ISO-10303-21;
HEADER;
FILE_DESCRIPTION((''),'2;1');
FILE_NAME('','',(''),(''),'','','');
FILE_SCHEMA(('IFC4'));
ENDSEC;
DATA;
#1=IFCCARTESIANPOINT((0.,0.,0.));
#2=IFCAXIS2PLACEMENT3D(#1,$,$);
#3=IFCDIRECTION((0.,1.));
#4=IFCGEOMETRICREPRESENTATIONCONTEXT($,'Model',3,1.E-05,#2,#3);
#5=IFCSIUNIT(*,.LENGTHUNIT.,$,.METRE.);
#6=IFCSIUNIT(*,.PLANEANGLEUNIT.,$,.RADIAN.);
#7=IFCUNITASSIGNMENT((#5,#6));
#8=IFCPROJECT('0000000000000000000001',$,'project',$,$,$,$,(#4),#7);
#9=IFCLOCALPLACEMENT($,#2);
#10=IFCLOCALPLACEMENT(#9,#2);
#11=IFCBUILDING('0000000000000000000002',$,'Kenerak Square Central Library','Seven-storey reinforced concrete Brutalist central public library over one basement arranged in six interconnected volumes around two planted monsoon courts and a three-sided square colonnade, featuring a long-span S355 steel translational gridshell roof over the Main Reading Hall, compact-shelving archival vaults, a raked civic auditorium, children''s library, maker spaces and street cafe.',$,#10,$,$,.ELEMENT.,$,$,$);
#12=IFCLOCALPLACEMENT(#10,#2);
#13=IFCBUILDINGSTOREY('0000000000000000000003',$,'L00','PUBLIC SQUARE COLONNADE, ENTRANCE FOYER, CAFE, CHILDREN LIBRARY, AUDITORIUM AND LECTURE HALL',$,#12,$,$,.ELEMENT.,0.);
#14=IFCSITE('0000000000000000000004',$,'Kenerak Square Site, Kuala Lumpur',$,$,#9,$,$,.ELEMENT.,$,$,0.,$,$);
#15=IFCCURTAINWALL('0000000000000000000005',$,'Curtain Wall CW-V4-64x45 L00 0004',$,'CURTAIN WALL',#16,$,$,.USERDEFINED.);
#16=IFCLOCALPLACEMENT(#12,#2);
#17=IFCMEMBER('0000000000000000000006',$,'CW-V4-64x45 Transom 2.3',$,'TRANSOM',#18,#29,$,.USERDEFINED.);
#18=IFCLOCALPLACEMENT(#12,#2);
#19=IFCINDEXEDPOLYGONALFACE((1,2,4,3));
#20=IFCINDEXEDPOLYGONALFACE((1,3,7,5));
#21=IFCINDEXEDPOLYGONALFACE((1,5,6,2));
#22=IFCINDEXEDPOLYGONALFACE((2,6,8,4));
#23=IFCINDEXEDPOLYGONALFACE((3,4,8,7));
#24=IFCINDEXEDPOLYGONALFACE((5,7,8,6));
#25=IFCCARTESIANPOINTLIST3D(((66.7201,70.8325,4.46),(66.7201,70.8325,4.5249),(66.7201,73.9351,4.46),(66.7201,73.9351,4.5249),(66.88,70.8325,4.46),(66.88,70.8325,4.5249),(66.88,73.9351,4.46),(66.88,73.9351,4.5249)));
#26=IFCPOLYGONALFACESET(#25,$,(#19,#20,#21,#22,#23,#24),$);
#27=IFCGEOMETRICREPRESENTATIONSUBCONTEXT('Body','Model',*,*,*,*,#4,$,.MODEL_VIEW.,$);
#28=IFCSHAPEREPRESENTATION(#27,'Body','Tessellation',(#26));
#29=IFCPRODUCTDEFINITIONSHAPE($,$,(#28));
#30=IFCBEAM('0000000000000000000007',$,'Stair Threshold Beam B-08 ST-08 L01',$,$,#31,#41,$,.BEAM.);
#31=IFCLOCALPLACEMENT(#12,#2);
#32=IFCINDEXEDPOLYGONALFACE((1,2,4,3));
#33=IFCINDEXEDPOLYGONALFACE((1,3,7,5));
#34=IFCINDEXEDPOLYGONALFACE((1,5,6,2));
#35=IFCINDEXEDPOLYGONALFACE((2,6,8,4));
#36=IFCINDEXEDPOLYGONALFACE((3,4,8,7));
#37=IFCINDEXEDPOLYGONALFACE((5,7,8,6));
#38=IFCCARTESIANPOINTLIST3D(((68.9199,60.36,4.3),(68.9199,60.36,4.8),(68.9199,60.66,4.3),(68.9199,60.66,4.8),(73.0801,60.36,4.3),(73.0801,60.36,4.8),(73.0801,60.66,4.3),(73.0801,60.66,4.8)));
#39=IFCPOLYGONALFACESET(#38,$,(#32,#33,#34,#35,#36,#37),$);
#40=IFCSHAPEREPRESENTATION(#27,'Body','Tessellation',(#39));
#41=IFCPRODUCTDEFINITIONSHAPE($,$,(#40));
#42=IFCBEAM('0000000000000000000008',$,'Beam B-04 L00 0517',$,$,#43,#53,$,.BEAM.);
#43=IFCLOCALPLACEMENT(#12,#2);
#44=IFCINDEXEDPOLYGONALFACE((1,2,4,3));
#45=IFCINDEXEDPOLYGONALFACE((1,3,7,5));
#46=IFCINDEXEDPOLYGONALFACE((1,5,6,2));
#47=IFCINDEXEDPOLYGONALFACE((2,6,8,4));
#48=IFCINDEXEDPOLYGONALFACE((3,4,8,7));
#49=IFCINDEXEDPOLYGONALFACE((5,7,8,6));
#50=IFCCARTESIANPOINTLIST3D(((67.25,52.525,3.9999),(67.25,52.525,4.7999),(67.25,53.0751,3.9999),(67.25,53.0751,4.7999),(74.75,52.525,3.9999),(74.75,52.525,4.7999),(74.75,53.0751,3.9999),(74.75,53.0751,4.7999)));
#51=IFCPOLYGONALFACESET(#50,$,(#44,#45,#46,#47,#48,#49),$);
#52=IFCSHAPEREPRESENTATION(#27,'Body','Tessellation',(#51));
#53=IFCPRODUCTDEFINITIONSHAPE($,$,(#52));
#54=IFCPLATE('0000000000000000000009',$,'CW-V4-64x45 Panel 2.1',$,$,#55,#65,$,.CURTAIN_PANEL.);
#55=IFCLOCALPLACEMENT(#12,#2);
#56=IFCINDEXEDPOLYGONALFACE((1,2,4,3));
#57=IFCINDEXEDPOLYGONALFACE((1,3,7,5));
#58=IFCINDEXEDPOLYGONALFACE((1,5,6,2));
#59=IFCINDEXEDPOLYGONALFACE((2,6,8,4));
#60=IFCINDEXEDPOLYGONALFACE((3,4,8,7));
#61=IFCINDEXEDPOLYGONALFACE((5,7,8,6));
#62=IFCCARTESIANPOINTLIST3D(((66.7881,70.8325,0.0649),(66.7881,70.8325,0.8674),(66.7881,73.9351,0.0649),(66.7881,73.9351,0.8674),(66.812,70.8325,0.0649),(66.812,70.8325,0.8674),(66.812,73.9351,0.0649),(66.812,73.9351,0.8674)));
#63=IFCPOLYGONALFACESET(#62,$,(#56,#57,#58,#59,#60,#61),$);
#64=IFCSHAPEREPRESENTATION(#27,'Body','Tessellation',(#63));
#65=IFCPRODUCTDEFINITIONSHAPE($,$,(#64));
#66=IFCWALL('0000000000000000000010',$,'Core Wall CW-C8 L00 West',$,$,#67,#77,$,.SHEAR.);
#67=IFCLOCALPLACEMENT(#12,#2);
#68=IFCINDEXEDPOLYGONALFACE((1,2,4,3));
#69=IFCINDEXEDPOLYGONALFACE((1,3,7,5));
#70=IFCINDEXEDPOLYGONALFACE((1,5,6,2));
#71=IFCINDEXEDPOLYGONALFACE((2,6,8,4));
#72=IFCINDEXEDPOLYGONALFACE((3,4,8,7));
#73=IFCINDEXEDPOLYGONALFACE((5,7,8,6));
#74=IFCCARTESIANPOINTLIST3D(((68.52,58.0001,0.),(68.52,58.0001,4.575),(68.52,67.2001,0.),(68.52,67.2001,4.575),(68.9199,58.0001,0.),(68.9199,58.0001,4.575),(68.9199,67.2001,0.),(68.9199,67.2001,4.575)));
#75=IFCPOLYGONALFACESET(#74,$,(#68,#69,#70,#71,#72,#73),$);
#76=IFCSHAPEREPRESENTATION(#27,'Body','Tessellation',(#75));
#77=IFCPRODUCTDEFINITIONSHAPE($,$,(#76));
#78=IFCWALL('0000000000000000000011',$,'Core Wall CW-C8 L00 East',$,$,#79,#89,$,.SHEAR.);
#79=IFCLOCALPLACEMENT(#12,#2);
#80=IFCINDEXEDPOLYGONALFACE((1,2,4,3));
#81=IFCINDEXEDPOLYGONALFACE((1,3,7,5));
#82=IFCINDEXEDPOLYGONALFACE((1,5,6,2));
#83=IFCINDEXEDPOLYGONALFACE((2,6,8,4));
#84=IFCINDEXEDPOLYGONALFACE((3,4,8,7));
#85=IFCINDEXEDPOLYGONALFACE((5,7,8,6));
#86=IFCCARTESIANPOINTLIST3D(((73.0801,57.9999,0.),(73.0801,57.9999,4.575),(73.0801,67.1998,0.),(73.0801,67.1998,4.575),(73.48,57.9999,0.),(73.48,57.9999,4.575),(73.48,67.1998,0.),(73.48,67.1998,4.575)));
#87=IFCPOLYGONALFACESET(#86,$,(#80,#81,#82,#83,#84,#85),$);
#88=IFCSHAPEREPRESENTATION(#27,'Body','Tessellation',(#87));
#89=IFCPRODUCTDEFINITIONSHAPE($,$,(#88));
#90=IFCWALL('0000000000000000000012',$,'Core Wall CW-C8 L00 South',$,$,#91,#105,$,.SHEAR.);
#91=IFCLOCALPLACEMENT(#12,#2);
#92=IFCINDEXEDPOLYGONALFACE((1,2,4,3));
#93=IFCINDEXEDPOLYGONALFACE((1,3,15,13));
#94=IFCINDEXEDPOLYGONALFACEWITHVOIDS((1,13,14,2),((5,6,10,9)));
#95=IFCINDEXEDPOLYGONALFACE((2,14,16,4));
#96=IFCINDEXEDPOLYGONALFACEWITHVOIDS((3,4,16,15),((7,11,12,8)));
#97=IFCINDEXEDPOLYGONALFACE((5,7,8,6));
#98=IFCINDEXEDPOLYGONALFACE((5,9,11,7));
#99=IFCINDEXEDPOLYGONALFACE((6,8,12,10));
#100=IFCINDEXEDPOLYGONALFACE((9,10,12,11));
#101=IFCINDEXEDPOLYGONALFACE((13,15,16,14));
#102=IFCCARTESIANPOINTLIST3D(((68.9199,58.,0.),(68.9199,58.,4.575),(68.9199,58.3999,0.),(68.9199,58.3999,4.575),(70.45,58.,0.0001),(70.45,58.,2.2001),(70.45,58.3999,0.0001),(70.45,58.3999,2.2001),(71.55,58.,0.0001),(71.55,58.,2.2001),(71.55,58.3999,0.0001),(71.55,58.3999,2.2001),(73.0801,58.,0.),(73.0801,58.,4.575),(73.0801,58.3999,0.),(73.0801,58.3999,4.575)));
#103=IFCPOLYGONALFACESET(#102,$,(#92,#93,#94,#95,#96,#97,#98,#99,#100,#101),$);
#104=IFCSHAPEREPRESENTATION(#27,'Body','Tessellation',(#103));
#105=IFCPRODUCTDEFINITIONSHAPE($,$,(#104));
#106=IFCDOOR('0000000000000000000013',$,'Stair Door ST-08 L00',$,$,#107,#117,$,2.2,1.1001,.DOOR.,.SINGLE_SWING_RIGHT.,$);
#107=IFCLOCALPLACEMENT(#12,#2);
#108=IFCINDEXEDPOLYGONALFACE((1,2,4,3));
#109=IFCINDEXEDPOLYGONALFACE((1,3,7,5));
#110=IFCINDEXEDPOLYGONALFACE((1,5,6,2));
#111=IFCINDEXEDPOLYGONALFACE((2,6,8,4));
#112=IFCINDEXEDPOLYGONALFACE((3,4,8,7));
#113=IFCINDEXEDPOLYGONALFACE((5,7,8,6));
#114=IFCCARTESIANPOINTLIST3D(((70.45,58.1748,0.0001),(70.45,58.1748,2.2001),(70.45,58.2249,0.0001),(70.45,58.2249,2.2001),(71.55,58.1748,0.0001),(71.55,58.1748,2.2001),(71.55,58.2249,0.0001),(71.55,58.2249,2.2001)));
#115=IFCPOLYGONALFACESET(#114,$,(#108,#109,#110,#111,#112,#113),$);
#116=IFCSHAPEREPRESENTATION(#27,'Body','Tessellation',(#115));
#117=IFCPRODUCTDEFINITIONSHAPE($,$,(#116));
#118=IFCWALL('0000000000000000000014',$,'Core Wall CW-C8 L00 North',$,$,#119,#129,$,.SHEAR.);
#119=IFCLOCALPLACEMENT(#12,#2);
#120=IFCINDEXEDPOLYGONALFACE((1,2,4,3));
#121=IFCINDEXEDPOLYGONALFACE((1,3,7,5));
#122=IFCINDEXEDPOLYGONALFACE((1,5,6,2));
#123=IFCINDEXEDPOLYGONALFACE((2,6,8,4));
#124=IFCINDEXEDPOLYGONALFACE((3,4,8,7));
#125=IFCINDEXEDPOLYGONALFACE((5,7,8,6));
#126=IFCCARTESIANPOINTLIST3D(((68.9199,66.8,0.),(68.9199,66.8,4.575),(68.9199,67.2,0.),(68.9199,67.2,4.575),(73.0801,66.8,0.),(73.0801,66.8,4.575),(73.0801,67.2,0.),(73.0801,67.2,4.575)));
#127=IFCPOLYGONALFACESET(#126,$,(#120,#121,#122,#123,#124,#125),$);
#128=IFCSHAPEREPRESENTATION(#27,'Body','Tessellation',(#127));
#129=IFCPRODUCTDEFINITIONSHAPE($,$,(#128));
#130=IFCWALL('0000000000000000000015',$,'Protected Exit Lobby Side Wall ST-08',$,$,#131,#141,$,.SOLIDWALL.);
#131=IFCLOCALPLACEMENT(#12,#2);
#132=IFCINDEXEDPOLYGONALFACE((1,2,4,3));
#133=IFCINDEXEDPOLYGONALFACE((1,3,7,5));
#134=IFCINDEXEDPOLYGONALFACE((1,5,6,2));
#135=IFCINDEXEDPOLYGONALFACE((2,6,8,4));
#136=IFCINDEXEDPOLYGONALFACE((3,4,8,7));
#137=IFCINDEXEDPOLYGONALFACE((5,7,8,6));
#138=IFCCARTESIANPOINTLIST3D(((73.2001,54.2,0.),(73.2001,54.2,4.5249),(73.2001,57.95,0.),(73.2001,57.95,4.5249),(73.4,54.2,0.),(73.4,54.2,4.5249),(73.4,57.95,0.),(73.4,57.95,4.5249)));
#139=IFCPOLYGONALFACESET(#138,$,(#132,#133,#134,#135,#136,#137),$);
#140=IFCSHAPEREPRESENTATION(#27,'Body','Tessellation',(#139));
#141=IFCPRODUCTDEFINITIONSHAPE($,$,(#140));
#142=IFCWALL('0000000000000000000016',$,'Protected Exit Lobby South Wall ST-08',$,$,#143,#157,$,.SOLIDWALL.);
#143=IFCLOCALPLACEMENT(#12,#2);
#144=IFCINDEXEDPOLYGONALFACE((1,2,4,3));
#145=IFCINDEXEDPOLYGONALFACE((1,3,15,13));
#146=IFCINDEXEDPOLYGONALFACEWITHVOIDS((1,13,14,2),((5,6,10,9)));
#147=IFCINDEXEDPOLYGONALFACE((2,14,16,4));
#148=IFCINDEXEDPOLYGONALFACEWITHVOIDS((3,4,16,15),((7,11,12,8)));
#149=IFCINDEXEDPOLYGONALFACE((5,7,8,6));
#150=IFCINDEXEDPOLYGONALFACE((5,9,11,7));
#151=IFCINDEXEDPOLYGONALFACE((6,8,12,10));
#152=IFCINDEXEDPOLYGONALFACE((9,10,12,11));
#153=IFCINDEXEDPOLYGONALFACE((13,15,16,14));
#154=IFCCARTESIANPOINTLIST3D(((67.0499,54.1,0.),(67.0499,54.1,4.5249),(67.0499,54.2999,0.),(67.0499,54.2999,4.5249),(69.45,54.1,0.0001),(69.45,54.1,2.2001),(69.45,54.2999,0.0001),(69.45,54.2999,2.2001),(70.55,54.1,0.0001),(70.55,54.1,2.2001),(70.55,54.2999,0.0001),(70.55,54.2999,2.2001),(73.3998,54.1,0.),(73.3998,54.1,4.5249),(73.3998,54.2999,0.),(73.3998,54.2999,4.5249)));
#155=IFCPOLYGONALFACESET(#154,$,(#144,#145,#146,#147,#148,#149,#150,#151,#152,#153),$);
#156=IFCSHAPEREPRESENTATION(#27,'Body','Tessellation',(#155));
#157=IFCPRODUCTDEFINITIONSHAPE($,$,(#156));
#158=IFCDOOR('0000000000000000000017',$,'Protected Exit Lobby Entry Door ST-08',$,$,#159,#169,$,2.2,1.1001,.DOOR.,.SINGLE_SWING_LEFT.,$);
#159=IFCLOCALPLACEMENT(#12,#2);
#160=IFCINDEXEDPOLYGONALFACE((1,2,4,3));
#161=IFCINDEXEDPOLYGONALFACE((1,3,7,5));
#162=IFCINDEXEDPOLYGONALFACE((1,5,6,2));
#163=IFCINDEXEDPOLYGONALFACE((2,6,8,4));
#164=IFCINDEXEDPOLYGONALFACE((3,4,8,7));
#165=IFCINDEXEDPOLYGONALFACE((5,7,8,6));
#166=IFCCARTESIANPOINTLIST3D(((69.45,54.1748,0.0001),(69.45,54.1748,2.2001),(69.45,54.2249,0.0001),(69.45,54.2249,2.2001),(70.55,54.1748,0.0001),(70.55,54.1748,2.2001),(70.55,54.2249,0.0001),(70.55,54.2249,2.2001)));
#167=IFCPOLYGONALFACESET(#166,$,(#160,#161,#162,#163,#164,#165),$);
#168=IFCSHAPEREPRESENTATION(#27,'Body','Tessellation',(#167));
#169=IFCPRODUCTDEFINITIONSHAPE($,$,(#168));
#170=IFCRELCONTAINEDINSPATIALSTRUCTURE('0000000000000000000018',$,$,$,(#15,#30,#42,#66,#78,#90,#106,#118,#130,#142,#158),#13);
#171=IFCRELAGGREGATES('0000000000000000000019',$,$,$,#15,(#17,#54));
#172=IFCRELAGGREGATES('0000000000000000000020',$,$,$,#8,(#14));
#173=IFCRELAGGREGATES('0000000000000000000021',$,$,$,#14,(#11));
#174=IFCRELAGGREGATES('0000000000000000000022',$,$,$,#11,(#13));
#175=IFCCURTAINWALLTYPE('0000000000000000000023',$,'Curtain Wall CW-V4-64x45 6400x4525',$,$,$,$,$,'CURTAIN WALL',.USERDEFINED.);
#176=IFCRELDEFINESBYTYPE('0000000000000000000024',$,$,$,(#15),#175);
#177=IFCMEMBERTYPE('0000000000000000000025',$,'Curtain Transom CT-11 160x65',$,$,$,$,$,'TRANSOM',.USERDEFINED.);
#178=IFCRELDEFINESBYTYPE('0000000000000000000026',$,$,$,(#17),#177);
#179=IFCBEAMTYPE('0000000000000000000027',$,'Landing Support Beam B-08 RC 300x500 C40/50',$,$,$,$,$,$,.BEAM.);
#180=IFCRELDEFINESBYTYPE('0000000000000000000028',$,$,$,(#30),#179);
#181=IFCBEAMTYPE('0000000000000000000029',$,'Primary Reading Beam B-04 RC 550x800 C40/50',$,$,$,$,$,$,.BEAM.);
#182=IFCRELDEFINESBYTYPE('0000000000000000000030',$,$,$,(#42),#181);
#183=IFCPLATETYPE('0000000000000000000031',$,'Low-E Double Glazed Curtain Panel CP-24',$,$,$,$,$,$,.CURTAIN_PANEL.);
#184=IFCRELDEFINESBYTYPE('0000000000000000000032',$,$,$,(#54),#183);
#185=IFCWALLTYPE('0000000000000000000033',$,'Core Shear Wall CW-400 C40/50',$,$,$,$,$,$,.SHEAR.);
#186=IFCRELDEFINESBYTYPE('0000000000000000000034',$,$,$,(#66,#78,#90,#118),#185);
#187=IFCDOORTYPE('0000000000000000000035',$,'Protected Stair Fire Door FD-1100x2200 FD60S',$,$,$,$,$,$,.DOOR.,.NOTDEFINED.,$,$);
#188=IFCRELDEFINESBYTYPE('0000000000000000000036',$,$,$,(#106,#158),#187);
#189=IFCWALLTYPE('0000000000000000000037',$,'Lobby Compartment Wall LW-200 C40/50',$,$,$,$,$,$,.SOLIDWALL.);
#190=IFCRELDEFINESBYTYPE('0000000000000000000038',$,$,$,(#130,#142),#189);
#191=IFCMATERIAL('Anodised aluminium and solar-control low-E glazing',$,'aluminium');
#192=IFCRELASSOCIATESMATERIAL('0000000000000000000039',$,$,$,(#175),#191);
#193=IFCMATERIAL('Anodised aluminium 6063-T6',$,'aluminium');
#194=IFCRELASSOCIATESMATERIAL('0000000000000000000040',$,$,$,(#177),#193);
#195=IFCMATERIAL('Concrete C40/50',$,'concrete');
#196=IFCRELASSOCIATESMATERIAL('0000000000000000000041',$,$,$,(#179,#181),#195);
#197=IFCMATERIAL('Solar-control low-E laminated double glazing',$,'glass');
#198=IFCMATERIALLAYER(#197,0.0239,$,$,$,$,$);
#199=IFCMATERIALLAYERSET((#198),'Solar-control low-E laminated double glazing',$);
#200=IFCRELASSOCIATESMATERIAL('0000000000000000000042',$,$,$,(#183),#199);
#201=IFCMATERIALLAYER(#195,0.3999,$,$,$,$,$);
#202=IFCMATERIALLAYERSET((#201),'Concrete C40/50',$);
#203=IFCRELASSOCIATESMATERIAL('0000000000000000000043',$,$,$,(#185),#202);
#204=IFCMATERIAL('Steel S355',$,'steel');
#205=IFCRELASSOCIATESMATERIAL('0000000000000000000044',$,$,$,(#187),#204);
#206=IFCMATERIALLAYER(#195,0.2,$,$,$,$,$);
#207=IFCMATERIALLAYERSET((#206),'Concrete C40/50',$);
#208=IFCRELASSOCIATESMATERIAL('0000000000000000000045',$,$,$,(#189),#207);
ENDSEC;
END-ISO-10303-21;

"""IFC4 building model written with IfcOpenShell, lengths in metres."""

from ifc_helpers import new_model, si_unit, direction, frame, frame_2d, origin, origin_2d, place, context, subcontext, project, spatial, rectangle, extrude, material, layer, layer_set, material_profile, profile_set, type_object, element, fill, aggregate, save


model = new_model("IFC4")

# Units and contexts
model_context = context("Model", 3, precision=1e-05, world=origin(), true_north=direction((0.0, 1.0)))
body_context = subcontext(model_context, "Body", "Model", "MODEL_VIEW")
ifc_project = project(units=[si_unit("LENGTHUNIT", "METRE"), si_unit("PLANEANGLEUNIT", "RADIAN")], contexts=[model_context])

# Site, building, storey
site_placement = place(None, origin())
site = spatial("IfcSite", under=ifc_project, at=site_placement, Name="Kenerak Square Site, Kuala Lumpur", CompositionType="ELEMENT", RefElevation=0.0)
building_placement = place(site_placement, origin())
building = spatial("IfcBuilding", under=site, at=building_placement, Name="Kenerak Square Central Library", Description="Seven-storey reinforced concrete Brutalist central public library over one basement arranged in six interconnected volumes around two planted monsoon courts and a three-sided square colonnade, featuring a long-span S355 steel translational gridshell roof over the Main Reading Hall, compact-shelving archival vaults, a raked civic auditorium, children's library, maker spaces and street cafe.", CompositionType="ELEMENT")
storey_placement = place(building_placement, origin())
storey = spatial("IfcBuildingStorey", under=building, at=storey_placement, Name="L00", Description="PUBLIC SQUARE COLONNADE, ENTRANCE FOYER, CAFE, CHILDREN LIBRARY, AUDITORIUM AND LECTURE HALL", CompositionType="ELEMENT", Elevation=0.0)

# Curtain wall, member
ifc_material_1 = material(Name="Anodised aluminium and solar-control low-E glazing", Category="aluminium")
curtain_wall_type = type_object("IfcCurtainWallType", Name="Curtain Wall CW-V4-64x45 6400x4525", ElementType="CURTAIN WALL", PredefinedType="USERDEFINED", material=ifc_material_1)
curtain_wall_placement = place(storey_placement, origin())
curtain_wall = element("IfcCurtainWall", 1, at=curtain_wall_placement, inside=storey, type_object=curtain_wall_type, Name="Curtain Wall CW-V4-64x45 L00 0004", ObjectType="CURTAIN WALL", PredefinedType="USERDEFINED")
ifc_material_2 = material(Name="Anodised aluminium 6063-T6", Category="aluminium")
ifc_material_profile_1 = material_profile(ifc_material_2, rectangle(XDim=0.1599, YDim=0.0649, at=origin_2d()), Name="AL TRANSOM 160x65")
ifc_profile_set_1 = profile_set([ifc_material_profile_1], Name="Anodised aluminium 6063-T6")
member_type = type_object("IfcMemberType", Name="Curtain Transom CT-11 160x65", ElementType="TRANSOM", PredefinedType="USERDEFINED", material=ifc_profile_set_1)
member_placement = place(storey_placement, frame((66.8, 70.8325, 4.4924), z_axis=(0.0, 1.0, 0.0), x_axis=(-1.0, 0.0, 0.0)))
member = element("IfcMember", 2, at=member_placement, type_object=member_type, Name="CW-V4-64x45 Transom 2.3", ObjectType="TRANSOM", PredefinedType="USERDEFINED", context=body_context, shape_type="SweptSolid", body=[
    extrude(rectangle(XDim=0.1599, YDim=0.0649, at=origin_2d()), origin(), (0.0, 0.0, 1.0), 3.1025),
])

# Beams
ifc_material_3 = material(Name="Concrete C40/50", Category="concrete")
ifc_material_profile_2 = material_profile(ifc_material_3, rectangle(XDim=0.3, YDim=0.5, at=origin_2d()), Name="RC 300x500")
ifc_profile_set_2 = profile_set([ifc_material_profile_2], Name="Concrete C40/50")
beam_type_1 = type_object("IfcBeamType", Name="Landing Support Beam B-08 RC 300x500 C40/50", PredefinedType="BEAM", material=ifc_profile_set_2)
beam_1_placement = place(storey_placement, frame((68.9199, 60.51, 4.55), z_axis=(1.0, 0.0, 0.0), x_axis=(0.0, 1.0, 0.0)))
element("IfcBeam", 3, at=beam_1_placement, inside=storey, type_object=beam_type_1, Name="Stair Threshold Beam B-08 ST-08 L01", PredefinedType="BEAM", context=body_context, shape_type="SweptSolid", body=[
    extrude(rectangle(XDim=0.3, YDim=0.5, at=origin_2d()), origin(), (0.0, 0.0, 1.0), 4.1602),
])
ifc_material_profile_3 = material_profile(ifc_material_3, rectangle(XDim=0.55, YDim=0.8, at=origin_2d()), Name="RC 550x800")
ifc_profile_set_3 = profile_set([ifc_material_profile_3], Name="Concrete C40/50")
beam_type_2 = type_object("IfcBeamType", Name="Primary Reading Beam B-04 RC 550x800 C40/50", PredefinedType="BEAM", material=ifc_profile_set_3)
beam_2_placement = place(storey_placement, frame((67.25, 52.8, 4.3999), z_axis=(1.0, 0.0, 0.0), x_axis=(0.0, 1.0, 0.0)))
element("IfcBeam", 4, at=beam_2_placement, inside=storey, type_object=beam_type_2, Name="Beam B-04 L00 0517", PredefinedType="BEAM", context=body_context, shape_type="SweptSolid", body=[
    extrude(rectangle(XDim=0.55, YDim=0.8, at=origin_2d()), origin(), (0.0, 0.0, 1.0), 7.5),
])

# Plate
ifc_material_4 = material(Name="Solar-control low-E laminated double glazing", Category="glass")
ifc_layer_1 = layer(ifc_material_4, 0.0239)
ifc_layer_set_1 = layer_set([ifc_layer_1], Name="Solar-control low-E laminated double glazing")
plate_type = type_object("IfcPlateType", Name="Low-E Double Glazed Curtain Panel CP-24", PredefinedType="CURTAIN_PANEL", material=ifc_layer_set_1)
plate_placement = place(storey_placement, frame((66.8, 72.3838, 0.0649), z_axis=(0.0, 0.0, 1.0), x_axis=(0.0, 1.0, 0.0)))
plate = element("IfcPlate", 5, at=plate_placement, type_object=plate_type, Name="CW-V4-64x45 Panel 2.1", PredefinedType="CURTAIN_PANEL", context=body_context, shape_type="SweptSolid", body=[
    extrude(rectangle(XDim=3.1025, YDim=0.0239, at=origin_2d()), origin(), (0.0, 0.0, 1.0), 0.8025),
])
aggregate(curtain_wall, [member, plate])

# Walls
ifc_layer_2 = layer(ifc_material_3, 0.3999)
ifc_layer_set_2 = layer_set([ifc_layer_2], Name="Concrete C40/50")
wall_type_1 = type_object("IfcWallType", Name="Core Shear Wall CW-400 C40/50", PredefinedType="SHEAR", material=ifc_layer_set_2)
for number, where, z_axis, x_axis, name in (
    (6, (68.72, 58.0, 0.0), (0.0, 0.0, 1.0), (0.0, 1.0, 0.0), "Core Wall CW-C8 L00 West"),
    (7, (73.28, 67.2, 0.0), (0.0, 0.0, 1.0), (0.0, -1.0, 0.0), "Core Wall CW-C8 L00 East"),
):
    element("IfcWall", number, at=place(storey_placement, frame(where, z_axis=z_axis, x_axis=x_axis)), inside=storey, type_object=wall_type_1, Name=name, PredefinedType="SHEAR", context=body_context, shape_type="SweptSolid", body=[
        extrude(rectangle(XDim=9.2, YDim=0.3999, at=frame_2d((4.6001, 0.0))), origin(), (0.0, 0.0, 1.0), 4.575),
    ])

# Wall, opening, door
wall_1_placement = place(storey_placement, frame((73.0801, 58.2, 0.0), z_axis=(0.0, 0.0, 1.0), x_axis=(-1.0, 0.0, 0.0)))
wall_1 = element("IfcWall", 8, at=wall_1_placement, inside=storey, type_object=wall_type_1, Name="Core Wall CW-C8 L00 South", PredefinedType="SHEAR", context=body_context, shape_type="SweptSolid", body=[
    extrude(rectangle(XDim=4.1602, YDim=0.3999, at=frame_2d((2.0801, 0.0))), origin(), (0.0, 0.0, 1.0), 4.575),
])
opening_1_placement = place(wall_1_placement, frame((1.53, 0.0, 0.0)))
opening_1 = element("IfcOpeningElement", 9, at=opening_1_placement, cuts=wall_1, PredefinedType="OPENING", context=body_context, shape_type="SweptSolid", body=[
    extrude(rectangle(XDim=1.1001, YDim=2.2, at=frame_2d((0.55, 1.1001))), frame((0.0, 0.21, 0.0), z_axis=(0.0, -1.0, 0.0), x_axis=(1.0, 0.0, 0.0)), (0.0, 0.0, 1.0), 0.4199),
])
ifc_material_5 = material(Name="Steel S355", Category="steel")
door_type_1 = type_object("IfcDoorType", Name="Protected Stair Fire Door FD-1100x2200 FD60S", OperationType="NOTDEFINED", PredefinedType="DOOR", material=ifc_material_5)
door_1_placement = place(opening_1_placement, frame((1.1001, 0.0, 0.0), z_axis=(0.0, 0.0, 1.0), x_axis=(-1.0, 0.0, 0.0)))
door_1 = element("IfcDoor", 10, at=door_1_placement, inside=storey, type_object=door_type_1, Name="Stair Door ST-08 L00", OperationType="SINGLE_SWING_RIGHT", OverallHeight=2.2, OverallWidth=1.1001, PredefinedType="DOOR", context=body_context, shape_type="SweptSolid", body=[
    extrude(rectangle(XDim=1.1001, YDim=2.2, at=frame_2d((0.55, 1.1001))), frame((0.0, 0.0249, 0.0), z_axis=(0.0, -1.0, 0.0), x_axis=(1.0, 0.0, 0.0)), (0.0, 0.0, 1.0), 0.05),
])
fill(opening_1, door_1)

# Walls
wall_2_placement = place(storey_placement, frame((68.9199, 67.0, 0.0), z_axis=(0.0, 0.0, 1.0), x_axis=(1.0, 0.0, 0.0)))
element("IfcWall", 11, at=wall_2_placement, inside=storey, type_object=wall_type_1, Name="Core Wall CW-C8 L00 North", PredefinedType="SHEAR", context=body_context, shape_type="SweptSolid", body=[
    extrude(rectangle(XDim=4.1602, YDim=0.3999, at=frame_2d((2.0801, 0.0))), origin(), (0.0, 0.0, 1.0), 4.575),
])
ifc_layer_3 = layer(ifc_material_3, 0.2)
ifc_layer_set_3 = layer_set([ifc_layer_3], Name="Concrete C40/50")
wall_type_2 = type_object("IfcWallType", Name="Lobby Compartment Wall LW-200 C40/50", PredefinedType="SOLIDWALL", material=ifc_layer_set_3)
wall_3_placement = place(storey_placement, frame((73.3, 54.2, 0.0), z_axis=(0.0, 0.0, 1.0), x_axis=(0.0, 1.0, 0.0)))
element("IfcWall", 12, at=wall_3_placement, inside=storey, type_object=wall_type_2, Name="Protected Exit Lobby Side Wall ST-08", PredefinedType="SOLIDWALL", context=body_context, shape_type="SweptSolid", body=[
    extrude(rectangle(XDim=3.75, YDim=0.2, at=frame_2d((1.875, 0.0))), origin(), (0.0, 0.0, 1.0), 4.5249),
])

# Wall, opening, door
wall_4_placement = place(storey_placement, frame((67.05, 54.2, 0.0), z_axis=(0.0, 0.0, 1.0), x_axis=(1.0, 0.0, 0.0)))
wall_4 = element("IfcWall", 13, at=wall_4_placement, inside=storey, type_object=wall_type_2, Name="Protected Exit Lobby South Wall ST-08", PredefinedType="SOLIDWALL", context=body_context, shape_type="SweptSolid", body=[
    extrude(rectangle(XDim=6.3499, YDim=0.2, at=frame_2d((3.1748, 0.0))), origin(), (0.0, 0.0, 1.0), 4.5249),
])
opening_2_placement = place(wall_4_placement, frame((2.3999, 0.0, 0.0)))
opening_2 = element("IfcOpeningElement", 14, at=opening_2_placement, cuts=wall_4, PredefinedType="OPENING", context=body_context, shape_type="SweptSolid", body=[
    extrude(rectangle(XDim=1.1001, YDim=2.2, at=frame_2d((0.55, 1.1001))), frame((0.0, 0.1099, 0.0), z_axis=(0.0, -1.0, 0.0), x_axis=(1.0, 0.0, 0.0)), (0.0, 0.0, 1.0), 0.22),
])
door_2_placement = place(opening_2_placement, origin())
door_2 = element("IfcDoor", 15, at=door_2_placement, inside=storey, type_object=door_type_1, Name="Protected Exit Lobby Entry Door ST-08", OperationType="SINGLE_SWING_LEFT", OverallHeight=2.2, OverallWidth=1.1001, PredefinedType="DOOR", context=body_context, shape_type="SweptSolid", body=[
    extrude(rectangle(XDim=1.1001, YDim=2.2, at=frame_2d((0.55, 1.1001))), frame((0.0, 0.0249, 0.0), z_axis=(0.0, -1.0, 0.0), x_axis=(1.0, 0.0, 0.0)), (0.0, 0.0, 1.0), 0.05),
])
fill(opening_2, door_2)

save(model, "model.ifc")
